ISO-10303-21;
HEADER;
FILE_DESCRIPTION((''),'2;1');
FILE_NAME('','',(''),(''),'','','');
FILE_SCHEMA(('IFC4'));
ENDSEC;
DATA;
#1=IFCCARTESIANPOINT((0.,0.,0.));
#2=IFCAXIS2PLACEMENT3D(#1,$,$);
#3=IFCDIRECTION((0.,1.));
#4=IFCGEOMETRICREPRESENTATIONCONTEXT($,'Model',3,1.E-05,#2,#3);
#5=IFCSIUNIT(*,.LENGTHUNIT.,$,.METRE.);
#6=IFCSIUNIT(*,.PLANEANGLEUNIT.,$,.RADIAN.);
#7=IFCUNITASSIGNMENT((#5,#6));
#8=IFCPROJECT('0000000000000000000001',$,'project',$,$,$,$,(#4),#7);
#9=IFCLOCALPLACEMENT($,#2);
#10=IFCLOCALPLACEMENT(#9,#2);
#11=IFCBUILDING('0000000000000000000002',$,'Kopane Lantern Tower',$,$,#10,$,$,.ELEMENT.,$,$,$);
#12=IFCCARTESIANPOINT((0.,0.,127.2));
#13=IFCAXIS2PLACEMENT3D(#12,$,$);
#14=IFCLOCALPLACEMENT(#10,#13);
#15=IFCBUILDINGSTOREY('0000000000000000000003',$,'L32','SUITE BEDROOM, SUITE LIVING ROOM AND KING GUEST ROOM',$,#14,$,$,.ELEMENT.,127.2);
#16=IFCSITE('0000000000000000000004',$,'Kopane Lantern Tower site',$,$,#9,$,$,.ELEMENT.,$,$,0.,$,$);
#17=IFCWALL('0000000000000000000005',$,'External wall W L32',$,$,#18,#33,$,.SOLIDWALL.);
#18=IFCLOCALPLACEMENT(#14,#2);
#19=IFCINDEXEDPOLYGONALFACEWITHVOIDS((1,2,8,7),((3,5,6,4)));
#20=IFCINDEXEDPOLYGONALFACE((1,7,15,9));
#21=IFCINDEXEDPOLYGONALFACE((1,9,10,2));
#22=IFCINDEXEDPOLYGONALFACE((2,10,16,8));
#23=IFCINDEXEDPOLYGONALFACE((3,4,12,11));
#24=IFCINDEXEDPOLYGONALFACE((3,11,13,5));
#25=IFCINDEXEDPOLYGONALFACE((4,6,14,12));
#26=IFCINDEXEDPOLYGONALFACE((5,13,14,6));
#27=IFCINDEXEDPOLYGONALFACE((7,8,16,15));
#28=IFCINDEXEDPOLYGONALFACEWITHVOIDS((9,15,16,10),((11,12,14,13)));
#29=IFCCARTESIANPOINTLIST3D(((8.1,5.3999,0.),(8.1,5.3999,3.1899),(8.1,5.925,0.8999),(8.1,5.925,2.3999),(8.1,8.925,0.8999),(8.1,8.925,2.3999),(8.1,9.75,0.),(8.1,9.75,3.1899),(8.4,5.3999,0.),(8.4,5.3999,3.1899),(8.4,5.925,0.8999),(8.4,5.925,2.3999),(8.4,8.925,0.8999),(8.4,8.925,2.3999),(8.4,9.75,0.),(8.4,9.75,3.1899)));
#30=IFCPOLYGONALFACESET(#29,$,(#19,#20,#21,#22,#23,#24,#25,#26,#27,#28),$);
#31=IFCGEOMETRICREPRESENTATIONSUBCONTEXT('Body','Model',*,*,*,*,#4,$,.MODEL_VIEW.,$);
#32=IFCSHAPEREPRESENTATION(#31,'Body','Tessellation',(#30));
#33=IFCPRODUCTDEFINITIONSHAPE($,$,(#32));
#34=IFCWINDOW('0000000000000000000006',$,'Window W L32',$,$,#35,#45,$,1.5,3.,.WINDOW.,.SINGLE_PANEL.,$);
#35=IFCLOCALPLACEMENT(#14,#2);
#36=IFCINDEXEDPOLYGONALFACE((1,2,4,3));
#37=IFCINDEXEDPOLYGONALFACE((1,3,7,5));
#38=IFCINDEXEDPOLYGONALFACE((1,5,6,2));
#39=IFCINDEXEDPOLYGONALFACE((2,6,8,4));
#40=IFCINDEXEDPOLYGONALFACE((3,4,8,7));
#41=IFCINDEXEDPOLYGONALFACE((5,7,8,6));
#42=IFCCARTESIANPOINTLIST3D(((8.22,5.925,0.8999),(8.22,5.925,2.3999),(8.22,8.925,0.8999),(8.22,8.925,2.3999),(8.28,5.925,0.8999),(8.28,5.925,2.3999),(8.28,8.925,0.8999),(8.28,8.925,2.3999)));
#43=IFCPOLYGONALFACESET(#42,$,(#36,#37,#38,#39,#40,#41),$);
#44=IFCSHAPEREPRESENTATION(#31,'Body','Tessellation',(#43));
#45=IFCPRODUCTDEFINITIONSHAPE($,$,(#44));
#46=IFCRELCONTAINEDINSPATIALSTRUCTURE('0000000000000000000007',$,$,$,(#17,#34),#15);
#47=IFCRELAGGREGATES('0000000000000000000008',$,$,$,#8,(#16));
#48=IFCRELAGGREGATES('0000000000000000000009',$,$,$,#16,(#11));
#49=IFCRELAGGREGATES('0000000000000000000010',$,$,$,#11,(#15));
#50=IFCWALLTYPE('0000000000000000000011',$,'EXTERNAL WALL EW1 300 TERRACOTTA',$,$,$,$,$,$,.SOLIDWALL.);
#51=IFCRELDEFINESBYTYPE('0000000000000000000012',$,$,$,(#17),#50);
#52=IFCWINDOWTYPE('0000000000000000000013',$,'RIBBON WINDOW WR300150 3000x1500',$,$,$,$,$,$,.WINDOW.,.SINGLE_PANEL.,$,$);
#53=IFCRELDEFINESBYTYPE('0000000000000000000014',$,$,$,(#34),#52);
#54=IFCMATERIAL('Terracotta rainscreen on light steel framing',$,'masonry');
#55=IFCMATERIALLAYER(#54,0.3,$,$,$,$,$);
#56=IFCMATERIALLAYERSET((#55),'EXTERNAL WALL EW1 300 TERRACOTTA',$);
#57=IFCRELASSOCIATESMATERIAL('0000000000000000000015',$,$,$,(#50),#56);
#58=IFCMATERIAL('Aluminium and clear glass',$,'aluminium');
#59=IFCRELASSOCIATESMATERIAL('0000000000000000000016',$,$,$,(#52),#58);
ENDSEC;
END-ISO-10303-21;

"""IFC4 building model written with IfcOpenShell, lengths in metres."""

from ifc_helpers import new_model, si_unit, direction, frame, frame_2d, origin, place, context, subcontext, project, spatial, rectangle, extrude, material, layer, layer_set, type_object, element, fill, save


model = new_model("IFC4")

# Units and contexts
model_context = context("Model", 3, precision=1e-05, world=origin(), true_north=direction((0.0, 1.0)))
body_context = subcontext(model_context, "Body", "Model", "MODEL_VIEW")
ifc_project = project(units=[si_unit("LENGTHUNIT", "METRE"), si_unit("PLANEANGLEUNIT", "RADIAN")], contexts=[model_context])

# Site, building, storey
site_placement = place(None, origin())
site = spatial("IfcSite", under=ifc_project, at=site_placement, Name="Kopane Lantern Tower site", CompositionType="ELEMENT", RefElevation=0.0)
building_placement = place(site_placement, origin())
building = spatial("IfcBuilding", under=site, at=building_placement, Name="Kopane Lantern Tower", CompositionType="ELEMENT")
storey_placement = place(building_placement, frame((0.0, 0.0, 127.2)))
storey = spatial("IfcBuildingStorey", under=building, at=storey_placement, Name="L32", Description="SUITE BEDROOM, SUITE LIVING ROOM AND KING GUEST ROOM", CompositionType="ELEMENT", Elevation=127.2)

# Shared definitions
ifc_material_1 = material(Name="Terracotta rainscreen on light steel framing", Category="masonry")
ifc_layer_1 = layer(ifc_material_1, 0.3)
ifc_layer_set_1 = layer_set([ifc_layer_1], Name="EXTERNAL WALL EW1 300 TERRACOTTA")
wall_type_1 = type_object("IfcWallType", Name="EXTERNAL WALL EW1 300 TERRACOTTA", PredefinedType="SOLIDWALL", material=ifc_layer_set_1)

# Wall, opening, window
wall_1_placement = place(storey_placement, frame((8.25, 9.75, 0.0), z_axis=(0.0, 0.0, 1.0), x_axis=(0.0, -1.0, 0.0)))
wall_1 = element("IfcWall", 1, at=wall_1_placement, inside=storey, type_object=wall_type_1, Name="External wall W L32", PredefinedType="SOLIDWALL", context=body_context, shape_type="SweptSolid", body=[
    extrude(rectangle(XDim=4.3501, YDim=0.3, at=frame_2d((2.175, 0.0))), origin(), (0.0, 0.0, 1.0), 3.1899),
])
opening_1_placement = place(wall_1_placement, frame((0.825, 0.0, 0.8999)))
opening_1 = element("IfcOpeningElement", 2, at=opening_1_placement, cuts=wall_1, PredefinedType="OPENING", context=body_context, shape_type="SweptSolid", body=[
    extrude(rectangle(XDim=3.0, YDim=1.5, at=frame_2d((1.5, 0.75))), frame((0.0, 0.1599, 0.0), z_axis=(0.0, -1.0, 0.0), x_axis=(1.0, 0.0, 0.0)), (0.0, 0.0, 1.0), 0.3201),
])
ifc_material_2 = material(Name="Aluminium and clear glass", Category="aluminium")
window_type_1 = type_object("IfcWindowType", Name="RIBBON WINDOW WR300150 3000x1500", PartitioningType="SINGLE_PANEL", PredefinedType="WINDOW", material=ifc_material_2)
window_1_placement = place(opening_1_placement, origin())
window_1 = element("IfcWindow", 3, at=window_1_placement, inside=storey, type_object=window_type_1, Name="Window W L32", OverallHeight=1.5, OverallWidth=3.0, PartitioningType="SINGLE_PANEL", PredefinedType="WINDOW", context=body_context, shape_type="SweptSolid", body=[
    extrude(rectangle(XDim=3.0, YDim=1.5, at=frame_2d((1.5, 0.75))), frame((0.0, 0.03, 0.0), z_axis=(0.0, -1.0, 0.0), x_axis=(1.0, 0.0, 0.0)), (0.0, 0.0, 1.0), 0.0601),
])
fill(opening_1, window_1)

save(model, "model.ifc")
